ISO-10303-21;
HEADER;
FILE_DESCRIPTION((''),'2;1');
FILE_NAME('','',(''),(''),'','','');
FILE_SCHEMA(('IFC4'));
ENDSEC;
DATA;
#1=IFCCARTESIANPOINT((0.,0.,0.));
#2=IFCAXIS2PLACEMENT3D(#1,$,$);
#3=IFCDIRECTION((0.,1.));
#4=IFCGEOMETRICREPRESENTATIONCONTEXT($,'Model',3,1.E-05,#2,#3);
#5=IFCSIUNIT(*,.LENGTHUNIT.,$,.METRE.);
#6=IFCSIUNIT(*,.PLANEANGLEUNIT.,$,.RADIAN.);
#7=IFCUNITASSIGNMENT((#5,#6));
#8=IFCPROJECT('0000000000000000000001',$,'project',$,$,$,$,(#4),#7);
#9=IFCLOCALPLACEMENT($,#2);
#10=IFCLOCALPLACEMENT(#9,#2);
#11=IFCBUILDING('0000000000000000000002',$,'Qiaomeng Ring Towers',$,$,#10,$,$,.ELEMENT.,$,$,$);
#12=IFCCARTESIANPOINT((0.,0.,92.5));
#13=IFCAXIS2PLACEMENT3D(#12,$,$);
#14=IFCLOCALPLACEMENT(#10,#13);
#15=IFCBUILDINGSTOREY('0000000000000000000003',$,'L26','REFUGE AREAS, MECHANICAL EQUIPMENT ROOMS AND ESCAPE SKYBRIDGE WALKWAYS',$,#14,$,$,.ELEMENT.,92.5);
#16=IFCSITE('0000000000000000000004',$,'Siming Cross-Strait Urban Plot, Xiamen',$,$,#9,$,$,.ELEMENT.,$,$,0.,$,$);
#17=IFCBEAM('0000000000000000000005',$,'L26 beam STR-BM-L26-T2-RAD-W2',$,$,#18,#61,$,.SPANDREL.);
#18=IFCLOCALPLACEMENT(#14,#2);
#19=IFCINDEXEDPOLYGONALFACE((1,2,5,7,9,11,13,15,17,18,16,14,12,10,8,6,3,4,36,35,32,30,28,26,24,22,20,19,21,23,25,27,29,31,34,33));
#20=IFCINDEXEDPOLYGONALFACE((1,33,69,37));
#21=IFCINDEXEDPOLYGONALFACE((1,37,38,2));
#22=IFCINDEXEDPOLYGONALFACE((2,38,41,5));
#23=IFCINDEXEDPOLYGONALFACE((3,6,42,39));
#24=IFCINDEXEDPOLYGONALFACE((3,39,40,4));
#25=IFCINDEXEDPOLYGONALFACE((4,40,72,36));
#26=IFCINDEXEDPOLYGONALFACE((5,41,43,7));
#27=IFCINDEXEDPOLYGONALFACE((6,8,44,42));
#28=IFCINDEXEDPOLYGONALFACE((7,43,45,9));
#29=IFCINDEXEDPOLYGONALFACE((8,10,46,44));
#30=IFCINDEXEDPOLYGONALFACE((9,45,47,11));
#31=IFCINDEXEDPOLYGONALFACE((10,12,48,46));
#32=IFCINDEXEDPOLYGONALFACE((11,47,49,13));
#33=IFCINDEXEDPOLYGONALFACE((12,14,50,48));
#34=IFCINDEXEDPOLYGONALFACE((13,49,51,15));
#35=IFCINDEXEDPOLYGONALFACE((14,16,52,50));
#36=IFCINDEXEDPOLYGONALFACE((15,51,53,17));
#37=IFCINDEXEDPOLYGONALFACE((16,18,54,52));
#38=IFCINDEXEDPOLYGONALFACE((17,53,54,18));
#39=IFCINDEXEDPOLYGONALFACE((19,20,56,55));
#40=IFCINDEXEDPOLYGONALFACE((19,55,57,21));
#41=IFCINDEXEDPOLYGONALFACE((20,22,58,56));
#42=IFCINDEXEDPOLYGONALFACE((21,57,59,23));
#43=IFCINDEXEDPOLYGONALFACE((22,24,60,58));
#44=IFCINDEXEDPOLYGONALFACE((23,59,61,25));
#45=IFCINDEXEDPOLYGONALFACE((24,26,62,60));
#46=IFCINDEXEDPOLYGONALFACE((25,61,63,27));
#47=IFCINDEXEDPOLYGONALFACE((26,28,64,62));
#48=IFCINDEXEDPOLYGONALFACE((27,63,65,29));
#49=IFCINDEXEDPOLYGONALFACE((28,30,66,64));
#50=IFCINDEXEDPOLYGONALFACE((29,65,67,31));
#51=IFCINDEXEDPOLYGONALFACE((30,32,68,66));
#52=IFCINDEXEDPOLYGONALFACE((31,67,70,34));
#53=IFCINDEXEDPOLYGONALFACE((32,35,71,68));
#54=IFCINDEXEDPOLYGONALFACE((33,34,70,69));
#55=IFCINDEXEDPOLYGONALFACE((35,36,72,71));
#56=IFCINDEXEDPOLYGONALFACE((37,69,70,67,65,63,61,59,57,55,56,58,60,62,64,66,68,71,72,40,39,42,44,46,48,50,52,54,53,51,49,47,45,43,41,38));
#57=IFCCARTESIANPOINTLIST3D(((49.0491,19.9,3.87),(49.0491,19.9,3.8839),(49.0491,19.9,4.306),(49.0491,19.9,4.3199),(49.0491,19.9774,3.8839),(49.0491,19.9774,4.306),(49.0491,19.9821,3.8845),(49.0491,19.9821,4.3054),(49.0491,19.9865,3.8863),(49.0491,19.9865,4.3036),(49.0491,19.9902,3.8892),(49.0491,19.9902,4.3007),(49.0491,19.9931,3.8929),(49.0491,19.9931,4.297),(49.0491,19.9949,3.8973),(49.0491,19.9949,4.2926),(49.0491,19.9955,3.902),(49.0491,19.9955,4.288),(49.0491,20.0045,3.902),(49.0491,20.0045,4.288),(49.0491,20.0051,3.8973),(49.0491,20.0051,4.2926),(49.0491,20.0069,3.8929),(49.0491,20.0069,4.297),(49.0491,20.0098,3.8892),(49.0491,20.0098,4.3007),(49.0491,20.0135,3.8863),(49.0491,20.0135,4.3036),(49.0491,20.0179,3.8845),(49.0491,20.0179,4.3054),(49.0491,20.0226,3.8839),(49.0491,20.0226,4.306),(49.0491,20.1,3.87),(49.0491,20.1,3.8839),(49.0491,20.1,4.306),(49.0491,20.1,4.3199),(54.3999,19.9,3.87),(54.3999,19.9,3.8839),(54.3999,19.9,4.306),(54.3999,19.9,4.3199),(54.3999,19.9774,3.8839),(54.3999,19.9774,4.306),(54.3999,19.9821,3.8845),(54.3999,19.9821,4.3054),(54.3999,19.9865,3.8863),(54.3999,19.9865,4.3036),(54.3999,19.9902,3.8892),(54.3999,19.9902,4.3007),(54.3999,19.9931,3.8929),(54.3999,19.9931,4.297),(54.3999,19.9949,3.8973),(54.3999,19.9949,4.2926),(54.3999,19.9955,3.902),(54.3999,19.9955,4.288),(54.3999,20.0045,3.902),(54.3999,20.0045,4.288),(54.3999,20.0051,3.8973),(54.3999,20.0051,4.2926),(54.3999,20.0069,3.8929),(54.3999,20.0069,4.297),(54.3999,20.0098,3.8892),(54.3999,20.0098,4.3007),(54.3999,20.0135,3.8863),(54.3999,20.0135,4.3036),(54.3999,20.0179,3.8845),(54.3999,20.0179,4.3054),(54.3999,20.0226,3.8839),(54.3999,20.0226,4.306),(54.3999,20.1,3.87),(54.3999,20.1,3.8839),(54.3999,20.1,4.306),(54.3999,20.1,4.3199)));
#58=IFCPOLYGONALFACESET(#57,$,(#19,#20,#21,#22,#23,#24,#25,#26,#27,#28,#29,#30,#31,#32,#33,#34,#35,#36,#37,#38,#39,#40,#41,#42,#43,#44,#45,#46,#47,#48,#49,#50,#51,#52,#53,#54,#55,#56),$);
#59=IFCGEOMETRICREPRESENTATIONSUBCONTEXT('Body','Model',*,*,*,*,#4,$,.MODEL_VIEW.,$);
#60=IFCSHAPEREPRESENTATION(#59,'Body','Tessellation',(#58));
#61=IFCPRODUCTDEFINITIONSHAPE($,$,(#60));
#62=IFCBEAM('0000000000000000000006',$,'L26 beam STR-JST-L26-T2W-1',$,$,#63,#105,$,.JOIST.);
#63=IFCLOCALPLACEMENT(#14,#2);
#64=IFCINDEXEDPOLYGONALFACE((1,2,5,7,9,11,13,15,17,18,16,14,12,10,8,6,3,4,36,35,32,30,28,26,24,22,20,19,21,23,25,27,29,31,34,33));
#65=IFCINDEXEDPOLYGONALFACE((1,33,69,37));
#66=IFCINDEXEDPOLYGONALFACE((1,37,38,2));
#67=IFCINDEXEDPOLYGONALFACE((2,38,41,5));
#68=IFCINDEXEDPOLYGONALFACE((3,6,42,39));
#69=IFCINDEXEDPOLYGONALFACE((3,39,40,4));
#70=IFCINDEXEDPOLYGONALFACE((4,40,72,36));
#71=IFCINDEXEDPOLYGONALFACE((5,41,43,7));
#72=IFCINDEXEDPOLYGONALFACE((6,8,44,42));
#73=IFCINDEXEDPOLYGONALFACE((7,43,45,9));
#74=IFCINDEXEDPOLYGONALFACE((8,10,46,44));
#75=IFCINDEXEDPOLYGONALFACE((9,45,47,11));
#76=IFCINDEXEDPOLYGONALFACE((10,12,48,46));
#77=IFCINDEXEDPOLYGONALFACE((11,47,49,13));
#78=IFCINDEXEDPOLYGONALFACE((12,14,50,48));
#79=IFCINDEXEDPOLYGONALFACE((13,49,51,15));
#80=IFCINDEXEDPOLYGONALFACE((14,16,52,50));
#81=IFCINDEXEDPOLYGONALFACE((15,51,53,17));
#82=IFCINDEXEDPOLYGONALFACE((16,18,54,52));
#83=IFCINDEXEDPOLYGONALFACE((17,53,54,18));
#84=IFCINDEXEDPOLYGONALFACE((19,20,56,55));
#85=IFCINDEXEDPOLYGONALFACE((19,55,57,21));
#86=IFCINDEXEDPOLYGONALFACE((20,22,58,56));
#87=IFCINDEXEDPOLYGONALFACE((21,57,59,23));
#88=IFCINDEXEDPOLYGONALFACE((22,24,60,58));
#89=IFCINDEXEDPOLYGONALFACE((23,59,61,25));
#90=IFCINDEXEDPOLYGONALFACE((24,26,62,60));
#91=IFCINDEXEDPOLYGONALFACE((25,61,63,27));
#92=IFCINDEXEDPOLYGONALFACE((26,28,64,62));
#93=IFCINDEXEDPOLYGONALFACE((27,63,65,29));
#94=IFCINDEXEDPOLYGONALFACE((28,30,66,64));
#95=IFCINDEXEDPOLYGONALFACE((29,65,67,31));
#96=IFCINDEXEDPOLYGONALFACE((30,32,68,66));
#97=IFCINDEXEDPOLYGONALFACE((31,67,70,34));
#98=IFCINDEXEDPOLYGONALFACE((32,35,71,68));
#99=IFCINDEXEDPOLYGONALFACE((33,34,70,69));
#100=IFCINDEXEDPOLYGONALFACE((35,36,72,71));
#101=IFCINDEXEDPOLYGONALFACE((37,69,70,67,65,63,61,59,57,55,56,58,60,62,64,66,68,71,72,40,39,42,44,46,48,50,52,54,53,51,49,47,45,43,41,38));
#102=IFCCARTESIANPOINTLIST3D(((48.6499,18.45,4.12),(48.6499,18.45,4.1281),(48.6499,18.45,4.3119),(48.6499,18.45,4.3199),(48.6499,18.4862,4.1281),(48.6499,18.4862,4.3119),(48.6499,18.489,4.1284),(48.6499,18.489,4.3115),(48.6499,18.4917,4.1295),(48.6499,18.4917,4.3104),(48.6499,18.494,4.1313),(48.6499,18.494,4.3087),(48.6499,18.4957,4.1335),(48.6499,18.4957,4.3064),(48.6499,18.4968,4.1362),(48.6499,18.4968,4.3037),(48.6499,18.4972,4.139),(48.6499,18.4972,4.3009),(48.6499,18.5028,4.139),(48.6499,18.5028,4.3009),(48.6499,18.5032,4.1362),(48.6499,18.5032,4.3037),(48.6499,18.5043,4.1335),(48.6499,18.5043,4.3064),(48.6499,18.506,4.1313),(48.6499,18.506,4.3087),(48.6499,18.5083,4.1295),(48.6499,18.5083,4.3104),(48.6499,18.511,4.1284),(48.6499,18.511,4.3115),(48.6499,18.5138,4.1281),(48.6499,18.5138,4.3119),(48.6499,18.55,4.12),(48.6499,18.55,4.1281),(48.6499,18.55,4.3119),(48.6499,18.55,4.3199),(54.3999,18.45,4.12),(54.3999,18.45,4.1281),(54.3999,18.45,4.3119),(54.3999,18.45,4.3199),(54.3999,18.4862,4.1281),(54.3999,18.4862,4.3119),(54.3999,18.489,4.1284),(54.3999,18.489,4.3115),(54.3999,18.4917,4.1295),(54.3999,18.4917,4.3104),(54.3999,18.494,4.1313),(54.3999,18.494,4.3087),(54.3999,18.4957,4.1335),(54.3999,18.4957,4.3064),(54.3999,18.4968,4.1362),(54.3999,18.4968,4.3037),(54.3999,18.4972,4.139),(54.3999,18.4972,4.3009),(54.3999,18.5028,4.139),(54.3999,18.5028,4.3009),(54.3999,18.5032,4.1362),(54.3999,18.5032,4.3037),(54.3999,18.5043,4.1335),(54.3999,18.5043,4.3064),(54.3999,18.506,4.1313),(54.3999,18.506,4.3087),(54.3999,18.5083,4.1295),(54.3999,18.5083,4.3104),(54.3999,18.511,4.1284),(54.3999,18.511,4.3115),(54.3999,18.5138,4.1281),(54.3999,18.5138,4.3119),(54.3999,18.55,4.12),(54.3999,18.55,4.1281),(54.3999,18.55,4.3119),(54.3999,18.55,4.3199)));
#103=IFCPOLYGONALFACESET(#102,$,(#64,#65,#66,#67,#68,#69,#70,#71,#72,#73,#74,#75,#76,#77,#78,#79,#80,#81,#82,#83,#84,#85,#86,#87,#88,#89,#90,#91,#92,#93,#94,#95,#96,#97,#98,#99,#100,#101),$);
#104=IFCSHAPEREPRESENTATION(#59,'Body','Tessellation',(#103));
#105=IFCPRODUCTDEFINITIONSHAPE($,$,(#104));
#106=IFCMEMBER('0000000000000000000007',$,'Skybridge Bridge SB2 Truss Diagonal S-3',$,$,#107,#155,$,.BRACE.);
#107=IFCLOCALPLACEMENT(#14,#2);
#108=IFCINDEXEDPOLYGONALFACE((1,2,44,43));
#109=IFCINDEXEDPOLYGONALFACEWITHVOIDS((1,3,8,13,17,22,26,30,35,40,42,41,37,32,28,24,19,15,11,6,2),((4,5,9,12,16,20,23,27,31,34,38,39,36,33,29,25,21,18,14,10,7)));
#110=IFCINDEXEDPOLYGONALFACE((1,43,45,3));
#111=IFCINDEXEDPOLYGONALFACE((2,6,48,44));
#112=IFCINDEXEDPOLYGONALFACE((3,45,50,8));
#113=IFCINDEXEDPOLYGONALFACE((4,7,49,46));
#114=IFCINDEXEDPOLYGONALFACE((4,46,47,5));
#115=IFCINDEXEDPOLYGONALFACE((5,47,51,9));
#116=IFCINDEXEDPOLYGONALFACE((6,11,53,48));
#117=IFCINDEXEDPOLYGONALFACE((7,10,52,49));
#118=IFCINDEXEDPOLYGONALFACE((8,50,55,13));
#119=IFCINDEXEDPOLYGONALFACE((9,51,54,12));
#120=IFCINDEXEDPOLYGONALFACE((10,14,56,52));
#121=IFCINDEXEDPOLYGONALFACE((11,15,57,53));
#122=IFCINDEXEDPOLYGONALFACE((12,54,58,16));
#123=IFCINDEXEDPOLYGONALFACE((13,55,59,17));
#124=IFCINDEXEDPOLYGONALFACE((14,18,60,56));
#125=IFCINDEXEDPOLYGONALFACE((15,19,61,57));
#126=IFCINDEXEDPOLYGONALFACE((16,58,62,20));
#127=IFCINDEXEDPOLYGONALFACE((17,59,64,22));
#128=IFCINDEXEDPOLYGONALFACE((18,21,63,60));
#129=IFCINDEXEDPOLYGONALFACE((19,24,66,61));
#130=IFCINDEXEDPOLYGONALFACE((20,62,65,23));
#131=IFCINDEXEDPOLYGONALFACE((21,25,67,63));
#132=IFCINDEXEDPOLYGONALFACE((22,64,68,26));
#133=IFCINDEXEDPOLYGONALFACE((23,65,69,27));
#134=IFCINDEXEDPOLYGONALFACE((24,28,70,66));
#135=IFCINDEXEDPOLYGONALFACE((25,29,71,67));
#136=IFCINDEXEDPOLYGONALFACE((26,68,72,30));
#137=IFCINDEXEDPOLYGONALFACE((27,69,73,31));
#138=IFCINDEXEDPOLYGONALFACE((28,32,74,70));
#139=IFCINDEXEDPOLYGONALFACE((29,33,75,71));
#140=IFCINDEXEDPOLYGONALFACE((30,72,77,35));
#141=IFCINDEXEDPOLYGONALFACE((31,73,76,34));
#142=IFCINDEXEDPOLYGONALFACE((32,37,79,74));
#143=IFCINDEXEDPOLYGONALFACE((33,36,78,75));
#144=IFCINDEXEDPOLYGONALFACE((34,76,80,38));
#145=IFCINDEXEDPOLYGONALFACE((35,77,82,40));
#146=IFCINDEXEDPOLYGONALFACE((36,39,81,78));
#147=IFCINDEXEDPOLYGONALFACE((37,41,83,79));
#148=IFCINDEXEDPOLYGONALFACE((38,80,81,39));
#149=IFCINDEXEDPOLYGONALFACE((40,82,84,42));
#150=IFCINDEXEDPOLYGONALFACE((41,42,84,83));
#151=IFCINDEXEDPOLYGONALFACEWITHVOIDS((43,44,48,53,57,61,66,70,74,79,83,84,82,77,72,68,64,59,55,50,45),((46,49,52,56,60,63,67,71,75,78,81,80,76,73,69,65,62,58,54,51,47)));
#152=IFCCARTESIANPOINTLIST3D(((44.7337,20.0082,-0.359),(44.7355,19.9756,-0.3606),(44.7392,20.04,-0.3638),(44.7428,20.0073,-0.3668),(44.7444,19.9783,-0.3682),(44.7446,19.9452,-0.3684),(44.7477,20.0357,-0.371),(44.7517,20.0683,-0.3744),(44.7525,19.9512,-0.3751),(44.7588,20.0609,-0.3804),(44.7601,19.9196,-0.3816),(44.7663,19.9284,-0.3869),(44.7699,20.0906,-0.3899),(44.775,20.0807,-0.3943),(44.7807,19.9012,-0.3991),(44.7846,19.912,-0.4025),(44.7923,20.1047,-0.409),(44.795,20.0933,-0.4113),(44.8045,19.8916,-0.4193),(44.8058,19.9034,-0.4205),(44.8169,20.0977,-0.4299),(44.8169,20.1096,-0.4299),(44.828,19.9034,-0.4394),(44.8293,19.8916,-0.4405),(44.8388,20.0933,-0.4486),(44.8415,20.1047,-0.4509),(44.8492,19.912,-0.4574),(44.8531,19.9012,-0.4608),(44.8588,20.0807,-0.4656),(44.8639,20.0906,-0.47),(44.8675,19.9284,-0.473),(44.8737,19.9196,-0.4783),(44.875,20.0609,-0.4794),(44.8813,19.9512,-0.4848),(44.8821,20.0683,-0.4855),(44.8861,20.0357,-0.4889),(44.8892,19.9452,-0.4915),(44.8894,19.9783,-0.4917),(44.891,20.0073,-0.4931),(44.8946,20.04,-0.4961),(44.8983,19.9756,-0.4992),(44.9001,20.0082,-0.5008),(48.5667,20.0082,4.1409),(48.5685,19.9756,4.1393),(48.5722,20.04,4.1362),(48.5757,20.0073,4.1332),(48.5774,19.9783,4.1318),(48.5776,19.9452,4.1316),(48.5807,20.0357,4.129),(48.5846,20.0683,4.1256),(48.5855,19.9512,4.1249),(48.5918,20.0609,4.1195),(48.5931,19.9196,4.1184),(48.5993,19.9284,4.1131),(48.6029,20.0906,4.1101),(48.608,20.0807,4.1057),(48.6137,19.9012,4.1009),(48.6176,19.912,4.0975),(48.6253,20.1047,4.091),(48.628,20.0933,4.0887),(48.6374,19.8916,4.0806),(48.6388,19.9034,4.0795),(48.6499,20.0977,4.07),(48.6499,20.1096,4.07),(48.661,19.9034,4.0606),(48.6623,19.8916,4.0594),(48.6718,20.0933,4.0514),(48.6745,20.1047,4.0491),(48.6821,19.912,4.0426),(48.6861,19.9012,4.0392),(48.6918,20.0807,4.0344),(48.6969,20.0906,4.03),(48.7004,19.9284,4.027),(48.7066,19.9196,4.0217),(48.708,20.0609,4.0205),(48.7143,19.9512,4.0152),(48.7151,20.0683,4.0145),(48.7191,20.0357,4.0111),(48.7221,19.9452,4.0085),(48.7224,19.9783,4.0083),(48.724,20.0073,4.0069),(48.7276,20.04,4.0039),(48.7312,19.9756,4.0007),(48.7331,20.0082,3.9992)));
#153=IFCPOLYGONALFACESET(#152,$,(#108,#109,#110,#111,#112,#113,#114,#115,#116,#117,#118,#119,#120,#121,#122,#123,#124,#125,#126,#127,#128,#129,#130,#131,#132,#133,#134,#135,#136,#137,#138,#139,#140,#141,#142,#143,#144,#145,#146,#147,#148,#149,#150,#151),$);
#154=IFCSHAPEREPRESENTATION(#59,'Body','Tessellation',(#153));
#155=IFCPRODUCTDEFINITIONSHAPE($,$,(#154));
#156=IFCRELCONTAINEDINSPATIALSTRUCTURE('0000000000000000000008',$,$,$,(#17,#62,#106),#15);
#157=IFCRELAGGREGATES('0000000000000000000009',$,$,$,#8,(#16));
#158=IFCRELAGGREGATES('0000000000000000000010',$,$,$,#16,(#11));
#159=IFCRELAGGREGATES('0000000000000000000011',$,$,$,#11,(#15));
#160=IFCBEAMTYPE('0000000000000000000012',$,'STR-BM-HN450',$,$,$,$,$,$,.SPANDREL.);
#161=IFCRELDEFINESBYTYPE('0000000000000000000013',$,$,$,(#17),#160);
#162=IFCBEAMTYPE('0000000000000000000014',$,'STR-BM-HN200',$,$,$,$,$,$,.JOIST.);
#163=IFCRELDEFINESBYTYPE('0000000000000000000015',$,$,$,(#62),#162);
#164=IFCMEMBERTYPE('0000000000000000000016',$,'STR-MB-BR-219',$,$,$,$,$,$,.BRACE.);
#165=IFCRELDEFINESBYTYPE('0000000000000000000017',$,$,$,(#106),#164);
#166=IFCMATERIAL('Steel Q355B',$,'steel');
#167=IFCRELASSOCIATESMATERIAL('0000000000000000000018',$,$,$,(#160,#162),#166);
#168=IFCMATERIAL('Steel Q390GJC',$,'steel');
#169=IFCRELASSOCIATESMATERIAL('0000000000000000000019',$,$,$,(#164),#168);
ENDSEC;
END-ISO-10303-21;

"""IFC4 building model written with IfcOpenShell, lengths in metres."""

from ifc_helpers import new_model, si_unit, direction, frame, origin, origin_2d, place, context, subcontext, project, spatial, hollow_circle, i_section, extrude, source, transform, mapped, material, material_profile, profile_set, type_object, element, save


model = new_model("IFC4")

# Units and contexts
model_context = context("Model", 3, precision=1e-05, world=origin(), true_north=direction((0.0, 1.0)))
body_context = subcontext(model_context, "Body", "Model", "MODEL_VIEW")
ifc_project = project(units=[si_unit("LENGTHUNIT", "METRE"), si_unit("PLANEANGLEUNIT", "RADIAN")], contexts=[model_context])

# Site, building, storey
site_placement = place(None, origin())
site = spatial("IfcSite", under=ifc_project, at=site_placement, Name="Siming Cross-Strait Urban Plot, Xiamen", CompositionType="ELEMENT", RefElevation=0.0)
building_placement = place(site_placement, origin())
building = spatial("IfcBuilding", under=site, at=building_placement, Name="Qiaomeng Ring Towers", CompositionType="ELEMENT")
storey_placement = place(building_placement, frame((0.0, 0.0, 92.5)))
storey = spatial("IfcBuildingStorey", under=building, at=storey_placement, Name="L26", Description="REFUGE AREAS, MECHANICAL EQUIPMENT ROOMS AND ESCAPE SKYBRIDGE WALKWAYS", CompositionType="ELEMENT", Elevation=92.5)

# Shared definitions
ifc_material_1 = material(Name="Steel Q390GJC", Category="steel")

# Beams
ifc_material_2 = material(Name="Steel Q355B", Category="steel")
ifc_material_profile_1 = material_profile(ifc_material_2, i_section(OverallWidth=0.2, OverallDepth=0.45, WebThickness=0.009, FlangeThickness=0.0139, FilletRadius=0.0181, at=origin_2d()), Name="HN 450x200x9x14")
ifc_profile_set_1 = profile_set([ifc_material_profile_1], Name="Steel Q355B")
beam_type_1 = type_object("IfcBeamType", Name="STR-BM-HN450", PredefinedType="SPANDREL", material=ifc_profile_set_1)
shared_shape_1 = source(origin(), body_context, "Body", "SweptSolid", [
    extrude(i_section(OverallWidth=0.2, OverallDepth=0.45, WebThickness=0.009, FlangeThickness=0.0139, FilletRadius=0.0181, at=origin_2d()), origin(), (0.0, 0.0, 1.0), 5.3508),
])
beam_1_placement = place(storey_placement, frame((49.0491, 20.0, 4.095), z_axis=(1.0, 0.0, 0.0), x_axis=(0.0, 1.0, 0.0)))
element("IfcBeam", 1, at=beam_1_placement, inside=storey, type_object=beam_type_1, Name="L26 beam STR-BM-L26-T2-RAD-W2", PredefinedType="SPANDREL", context=body_context, shape_type="MappedRepresentation", body=[
    mapped(shared_shape_1, transform((0.0, 0.0, 0.0), x_axis=(1.0, 0.0, 0.0), y_axis=(0.0, 1.0, 0.0), z_axis=(0.0, 0.0, 1.0), scale=1.0)),
])
ifc_material_profile_2 = material_profile(ifc_material_2, i_section(OverallWidth=0.1001, OverallDepth=0.2, WebThickness=0.0056, FlangeThickness=0.0081, FilletRadius=0.011, at=origin_2d()), Name="HN 200x100x5.5x8")
ifc_profile_set_2 = profile_set([ifc_material_profile_2], Name="Steel Q355B")
beam_type_2 = type_object("IfcBeamType", Name="STR-BM-HN200", PredefinedType="JOIST", material=ifc_profile_set_2)
shared_shape_2 = source(origin(), body_context, "Body", "SweptSolid", [
    extrude(i_section(OverallWidth=0.1001, OverallDepth=0.2, WebThickness=0.0056, FlangeThickness=0.0081, FilletRadius=0.011, at=origin_2d()), origin(), (0.0, 0.0, 1.0), 5.75),
])
beam_2_placement = place(storey_placement, frame((48.6499, 18.5, 4.22), z_axis=(1.0, 0.0, 0.0), x_axis=(0.0, 1.0, 0.0)))
element("IfcBeam", 2, at=beam_2_placement, inside=storey, type_object=beam_type_2, Name="L26 beam STR-JST-L26-T2W-1", PredefinedType="JOIST", context=body_context, shape_type="MappedRepresentation", body=[
    mapped(shared_shape_2, transform((0.0, 0.0, 0.0), x_axis=(1.0, 0.0, 0.0), y_axis=(0.0, 1.0, 0.0), z_axis=(0.0, 0.0, 1.0), scale=1.0)),
])

# Member
ifc_material_profile_3 = material_profile(ifc_material_1, hollow_circle(Radius=0.1096, WallThickness=0.012, at=origin_2d()), Name="CHS 219x12")
ifc_profile_set_3 = profile_set([ifc_material_profile_3], Name="Steel Q390GJC")
member_type_1 = type_object("IfcMemberType", Name="STR-MB-BR-219", PredefinedType="BRACE", material=ifc_profile_set_3)
shared_shape_3 = source(origin(), body_context, "Body", "SweptSolid", [
    extrude(hollow_circle(Radius=0.1096, WallThickness=0.012, at=origin_2d()), origin(), (0.0, 0.0, 1.0), 5.9111),
])
member_1_placement = place(storey_placement, frame((44.8169, 20.0, -0.4299), z_axis=(0.648435, 0.0, 0.76127), x_axis=(0.0, 1.0, 0.0)))
element("IfcMember", 3, at=member_1_placement, inside=storey, type_object=member_type_1, Name="Skybridge Bridge SB2 Truss Diagonal S-3", PredefinedType="BRACE", context=body_context, shape_type="MappedRepresentation", body=[
    mapped(shared_shape_3, transform((0.0, 0.0, 0.0), x_axis=(1.0, 0.0, 0.0), y_axis=(0.0, 1.0, 0.0), z_axis=(0.0, 0.0, 1.0), scale=1.0)),
])

save(model, "model.ifc")
